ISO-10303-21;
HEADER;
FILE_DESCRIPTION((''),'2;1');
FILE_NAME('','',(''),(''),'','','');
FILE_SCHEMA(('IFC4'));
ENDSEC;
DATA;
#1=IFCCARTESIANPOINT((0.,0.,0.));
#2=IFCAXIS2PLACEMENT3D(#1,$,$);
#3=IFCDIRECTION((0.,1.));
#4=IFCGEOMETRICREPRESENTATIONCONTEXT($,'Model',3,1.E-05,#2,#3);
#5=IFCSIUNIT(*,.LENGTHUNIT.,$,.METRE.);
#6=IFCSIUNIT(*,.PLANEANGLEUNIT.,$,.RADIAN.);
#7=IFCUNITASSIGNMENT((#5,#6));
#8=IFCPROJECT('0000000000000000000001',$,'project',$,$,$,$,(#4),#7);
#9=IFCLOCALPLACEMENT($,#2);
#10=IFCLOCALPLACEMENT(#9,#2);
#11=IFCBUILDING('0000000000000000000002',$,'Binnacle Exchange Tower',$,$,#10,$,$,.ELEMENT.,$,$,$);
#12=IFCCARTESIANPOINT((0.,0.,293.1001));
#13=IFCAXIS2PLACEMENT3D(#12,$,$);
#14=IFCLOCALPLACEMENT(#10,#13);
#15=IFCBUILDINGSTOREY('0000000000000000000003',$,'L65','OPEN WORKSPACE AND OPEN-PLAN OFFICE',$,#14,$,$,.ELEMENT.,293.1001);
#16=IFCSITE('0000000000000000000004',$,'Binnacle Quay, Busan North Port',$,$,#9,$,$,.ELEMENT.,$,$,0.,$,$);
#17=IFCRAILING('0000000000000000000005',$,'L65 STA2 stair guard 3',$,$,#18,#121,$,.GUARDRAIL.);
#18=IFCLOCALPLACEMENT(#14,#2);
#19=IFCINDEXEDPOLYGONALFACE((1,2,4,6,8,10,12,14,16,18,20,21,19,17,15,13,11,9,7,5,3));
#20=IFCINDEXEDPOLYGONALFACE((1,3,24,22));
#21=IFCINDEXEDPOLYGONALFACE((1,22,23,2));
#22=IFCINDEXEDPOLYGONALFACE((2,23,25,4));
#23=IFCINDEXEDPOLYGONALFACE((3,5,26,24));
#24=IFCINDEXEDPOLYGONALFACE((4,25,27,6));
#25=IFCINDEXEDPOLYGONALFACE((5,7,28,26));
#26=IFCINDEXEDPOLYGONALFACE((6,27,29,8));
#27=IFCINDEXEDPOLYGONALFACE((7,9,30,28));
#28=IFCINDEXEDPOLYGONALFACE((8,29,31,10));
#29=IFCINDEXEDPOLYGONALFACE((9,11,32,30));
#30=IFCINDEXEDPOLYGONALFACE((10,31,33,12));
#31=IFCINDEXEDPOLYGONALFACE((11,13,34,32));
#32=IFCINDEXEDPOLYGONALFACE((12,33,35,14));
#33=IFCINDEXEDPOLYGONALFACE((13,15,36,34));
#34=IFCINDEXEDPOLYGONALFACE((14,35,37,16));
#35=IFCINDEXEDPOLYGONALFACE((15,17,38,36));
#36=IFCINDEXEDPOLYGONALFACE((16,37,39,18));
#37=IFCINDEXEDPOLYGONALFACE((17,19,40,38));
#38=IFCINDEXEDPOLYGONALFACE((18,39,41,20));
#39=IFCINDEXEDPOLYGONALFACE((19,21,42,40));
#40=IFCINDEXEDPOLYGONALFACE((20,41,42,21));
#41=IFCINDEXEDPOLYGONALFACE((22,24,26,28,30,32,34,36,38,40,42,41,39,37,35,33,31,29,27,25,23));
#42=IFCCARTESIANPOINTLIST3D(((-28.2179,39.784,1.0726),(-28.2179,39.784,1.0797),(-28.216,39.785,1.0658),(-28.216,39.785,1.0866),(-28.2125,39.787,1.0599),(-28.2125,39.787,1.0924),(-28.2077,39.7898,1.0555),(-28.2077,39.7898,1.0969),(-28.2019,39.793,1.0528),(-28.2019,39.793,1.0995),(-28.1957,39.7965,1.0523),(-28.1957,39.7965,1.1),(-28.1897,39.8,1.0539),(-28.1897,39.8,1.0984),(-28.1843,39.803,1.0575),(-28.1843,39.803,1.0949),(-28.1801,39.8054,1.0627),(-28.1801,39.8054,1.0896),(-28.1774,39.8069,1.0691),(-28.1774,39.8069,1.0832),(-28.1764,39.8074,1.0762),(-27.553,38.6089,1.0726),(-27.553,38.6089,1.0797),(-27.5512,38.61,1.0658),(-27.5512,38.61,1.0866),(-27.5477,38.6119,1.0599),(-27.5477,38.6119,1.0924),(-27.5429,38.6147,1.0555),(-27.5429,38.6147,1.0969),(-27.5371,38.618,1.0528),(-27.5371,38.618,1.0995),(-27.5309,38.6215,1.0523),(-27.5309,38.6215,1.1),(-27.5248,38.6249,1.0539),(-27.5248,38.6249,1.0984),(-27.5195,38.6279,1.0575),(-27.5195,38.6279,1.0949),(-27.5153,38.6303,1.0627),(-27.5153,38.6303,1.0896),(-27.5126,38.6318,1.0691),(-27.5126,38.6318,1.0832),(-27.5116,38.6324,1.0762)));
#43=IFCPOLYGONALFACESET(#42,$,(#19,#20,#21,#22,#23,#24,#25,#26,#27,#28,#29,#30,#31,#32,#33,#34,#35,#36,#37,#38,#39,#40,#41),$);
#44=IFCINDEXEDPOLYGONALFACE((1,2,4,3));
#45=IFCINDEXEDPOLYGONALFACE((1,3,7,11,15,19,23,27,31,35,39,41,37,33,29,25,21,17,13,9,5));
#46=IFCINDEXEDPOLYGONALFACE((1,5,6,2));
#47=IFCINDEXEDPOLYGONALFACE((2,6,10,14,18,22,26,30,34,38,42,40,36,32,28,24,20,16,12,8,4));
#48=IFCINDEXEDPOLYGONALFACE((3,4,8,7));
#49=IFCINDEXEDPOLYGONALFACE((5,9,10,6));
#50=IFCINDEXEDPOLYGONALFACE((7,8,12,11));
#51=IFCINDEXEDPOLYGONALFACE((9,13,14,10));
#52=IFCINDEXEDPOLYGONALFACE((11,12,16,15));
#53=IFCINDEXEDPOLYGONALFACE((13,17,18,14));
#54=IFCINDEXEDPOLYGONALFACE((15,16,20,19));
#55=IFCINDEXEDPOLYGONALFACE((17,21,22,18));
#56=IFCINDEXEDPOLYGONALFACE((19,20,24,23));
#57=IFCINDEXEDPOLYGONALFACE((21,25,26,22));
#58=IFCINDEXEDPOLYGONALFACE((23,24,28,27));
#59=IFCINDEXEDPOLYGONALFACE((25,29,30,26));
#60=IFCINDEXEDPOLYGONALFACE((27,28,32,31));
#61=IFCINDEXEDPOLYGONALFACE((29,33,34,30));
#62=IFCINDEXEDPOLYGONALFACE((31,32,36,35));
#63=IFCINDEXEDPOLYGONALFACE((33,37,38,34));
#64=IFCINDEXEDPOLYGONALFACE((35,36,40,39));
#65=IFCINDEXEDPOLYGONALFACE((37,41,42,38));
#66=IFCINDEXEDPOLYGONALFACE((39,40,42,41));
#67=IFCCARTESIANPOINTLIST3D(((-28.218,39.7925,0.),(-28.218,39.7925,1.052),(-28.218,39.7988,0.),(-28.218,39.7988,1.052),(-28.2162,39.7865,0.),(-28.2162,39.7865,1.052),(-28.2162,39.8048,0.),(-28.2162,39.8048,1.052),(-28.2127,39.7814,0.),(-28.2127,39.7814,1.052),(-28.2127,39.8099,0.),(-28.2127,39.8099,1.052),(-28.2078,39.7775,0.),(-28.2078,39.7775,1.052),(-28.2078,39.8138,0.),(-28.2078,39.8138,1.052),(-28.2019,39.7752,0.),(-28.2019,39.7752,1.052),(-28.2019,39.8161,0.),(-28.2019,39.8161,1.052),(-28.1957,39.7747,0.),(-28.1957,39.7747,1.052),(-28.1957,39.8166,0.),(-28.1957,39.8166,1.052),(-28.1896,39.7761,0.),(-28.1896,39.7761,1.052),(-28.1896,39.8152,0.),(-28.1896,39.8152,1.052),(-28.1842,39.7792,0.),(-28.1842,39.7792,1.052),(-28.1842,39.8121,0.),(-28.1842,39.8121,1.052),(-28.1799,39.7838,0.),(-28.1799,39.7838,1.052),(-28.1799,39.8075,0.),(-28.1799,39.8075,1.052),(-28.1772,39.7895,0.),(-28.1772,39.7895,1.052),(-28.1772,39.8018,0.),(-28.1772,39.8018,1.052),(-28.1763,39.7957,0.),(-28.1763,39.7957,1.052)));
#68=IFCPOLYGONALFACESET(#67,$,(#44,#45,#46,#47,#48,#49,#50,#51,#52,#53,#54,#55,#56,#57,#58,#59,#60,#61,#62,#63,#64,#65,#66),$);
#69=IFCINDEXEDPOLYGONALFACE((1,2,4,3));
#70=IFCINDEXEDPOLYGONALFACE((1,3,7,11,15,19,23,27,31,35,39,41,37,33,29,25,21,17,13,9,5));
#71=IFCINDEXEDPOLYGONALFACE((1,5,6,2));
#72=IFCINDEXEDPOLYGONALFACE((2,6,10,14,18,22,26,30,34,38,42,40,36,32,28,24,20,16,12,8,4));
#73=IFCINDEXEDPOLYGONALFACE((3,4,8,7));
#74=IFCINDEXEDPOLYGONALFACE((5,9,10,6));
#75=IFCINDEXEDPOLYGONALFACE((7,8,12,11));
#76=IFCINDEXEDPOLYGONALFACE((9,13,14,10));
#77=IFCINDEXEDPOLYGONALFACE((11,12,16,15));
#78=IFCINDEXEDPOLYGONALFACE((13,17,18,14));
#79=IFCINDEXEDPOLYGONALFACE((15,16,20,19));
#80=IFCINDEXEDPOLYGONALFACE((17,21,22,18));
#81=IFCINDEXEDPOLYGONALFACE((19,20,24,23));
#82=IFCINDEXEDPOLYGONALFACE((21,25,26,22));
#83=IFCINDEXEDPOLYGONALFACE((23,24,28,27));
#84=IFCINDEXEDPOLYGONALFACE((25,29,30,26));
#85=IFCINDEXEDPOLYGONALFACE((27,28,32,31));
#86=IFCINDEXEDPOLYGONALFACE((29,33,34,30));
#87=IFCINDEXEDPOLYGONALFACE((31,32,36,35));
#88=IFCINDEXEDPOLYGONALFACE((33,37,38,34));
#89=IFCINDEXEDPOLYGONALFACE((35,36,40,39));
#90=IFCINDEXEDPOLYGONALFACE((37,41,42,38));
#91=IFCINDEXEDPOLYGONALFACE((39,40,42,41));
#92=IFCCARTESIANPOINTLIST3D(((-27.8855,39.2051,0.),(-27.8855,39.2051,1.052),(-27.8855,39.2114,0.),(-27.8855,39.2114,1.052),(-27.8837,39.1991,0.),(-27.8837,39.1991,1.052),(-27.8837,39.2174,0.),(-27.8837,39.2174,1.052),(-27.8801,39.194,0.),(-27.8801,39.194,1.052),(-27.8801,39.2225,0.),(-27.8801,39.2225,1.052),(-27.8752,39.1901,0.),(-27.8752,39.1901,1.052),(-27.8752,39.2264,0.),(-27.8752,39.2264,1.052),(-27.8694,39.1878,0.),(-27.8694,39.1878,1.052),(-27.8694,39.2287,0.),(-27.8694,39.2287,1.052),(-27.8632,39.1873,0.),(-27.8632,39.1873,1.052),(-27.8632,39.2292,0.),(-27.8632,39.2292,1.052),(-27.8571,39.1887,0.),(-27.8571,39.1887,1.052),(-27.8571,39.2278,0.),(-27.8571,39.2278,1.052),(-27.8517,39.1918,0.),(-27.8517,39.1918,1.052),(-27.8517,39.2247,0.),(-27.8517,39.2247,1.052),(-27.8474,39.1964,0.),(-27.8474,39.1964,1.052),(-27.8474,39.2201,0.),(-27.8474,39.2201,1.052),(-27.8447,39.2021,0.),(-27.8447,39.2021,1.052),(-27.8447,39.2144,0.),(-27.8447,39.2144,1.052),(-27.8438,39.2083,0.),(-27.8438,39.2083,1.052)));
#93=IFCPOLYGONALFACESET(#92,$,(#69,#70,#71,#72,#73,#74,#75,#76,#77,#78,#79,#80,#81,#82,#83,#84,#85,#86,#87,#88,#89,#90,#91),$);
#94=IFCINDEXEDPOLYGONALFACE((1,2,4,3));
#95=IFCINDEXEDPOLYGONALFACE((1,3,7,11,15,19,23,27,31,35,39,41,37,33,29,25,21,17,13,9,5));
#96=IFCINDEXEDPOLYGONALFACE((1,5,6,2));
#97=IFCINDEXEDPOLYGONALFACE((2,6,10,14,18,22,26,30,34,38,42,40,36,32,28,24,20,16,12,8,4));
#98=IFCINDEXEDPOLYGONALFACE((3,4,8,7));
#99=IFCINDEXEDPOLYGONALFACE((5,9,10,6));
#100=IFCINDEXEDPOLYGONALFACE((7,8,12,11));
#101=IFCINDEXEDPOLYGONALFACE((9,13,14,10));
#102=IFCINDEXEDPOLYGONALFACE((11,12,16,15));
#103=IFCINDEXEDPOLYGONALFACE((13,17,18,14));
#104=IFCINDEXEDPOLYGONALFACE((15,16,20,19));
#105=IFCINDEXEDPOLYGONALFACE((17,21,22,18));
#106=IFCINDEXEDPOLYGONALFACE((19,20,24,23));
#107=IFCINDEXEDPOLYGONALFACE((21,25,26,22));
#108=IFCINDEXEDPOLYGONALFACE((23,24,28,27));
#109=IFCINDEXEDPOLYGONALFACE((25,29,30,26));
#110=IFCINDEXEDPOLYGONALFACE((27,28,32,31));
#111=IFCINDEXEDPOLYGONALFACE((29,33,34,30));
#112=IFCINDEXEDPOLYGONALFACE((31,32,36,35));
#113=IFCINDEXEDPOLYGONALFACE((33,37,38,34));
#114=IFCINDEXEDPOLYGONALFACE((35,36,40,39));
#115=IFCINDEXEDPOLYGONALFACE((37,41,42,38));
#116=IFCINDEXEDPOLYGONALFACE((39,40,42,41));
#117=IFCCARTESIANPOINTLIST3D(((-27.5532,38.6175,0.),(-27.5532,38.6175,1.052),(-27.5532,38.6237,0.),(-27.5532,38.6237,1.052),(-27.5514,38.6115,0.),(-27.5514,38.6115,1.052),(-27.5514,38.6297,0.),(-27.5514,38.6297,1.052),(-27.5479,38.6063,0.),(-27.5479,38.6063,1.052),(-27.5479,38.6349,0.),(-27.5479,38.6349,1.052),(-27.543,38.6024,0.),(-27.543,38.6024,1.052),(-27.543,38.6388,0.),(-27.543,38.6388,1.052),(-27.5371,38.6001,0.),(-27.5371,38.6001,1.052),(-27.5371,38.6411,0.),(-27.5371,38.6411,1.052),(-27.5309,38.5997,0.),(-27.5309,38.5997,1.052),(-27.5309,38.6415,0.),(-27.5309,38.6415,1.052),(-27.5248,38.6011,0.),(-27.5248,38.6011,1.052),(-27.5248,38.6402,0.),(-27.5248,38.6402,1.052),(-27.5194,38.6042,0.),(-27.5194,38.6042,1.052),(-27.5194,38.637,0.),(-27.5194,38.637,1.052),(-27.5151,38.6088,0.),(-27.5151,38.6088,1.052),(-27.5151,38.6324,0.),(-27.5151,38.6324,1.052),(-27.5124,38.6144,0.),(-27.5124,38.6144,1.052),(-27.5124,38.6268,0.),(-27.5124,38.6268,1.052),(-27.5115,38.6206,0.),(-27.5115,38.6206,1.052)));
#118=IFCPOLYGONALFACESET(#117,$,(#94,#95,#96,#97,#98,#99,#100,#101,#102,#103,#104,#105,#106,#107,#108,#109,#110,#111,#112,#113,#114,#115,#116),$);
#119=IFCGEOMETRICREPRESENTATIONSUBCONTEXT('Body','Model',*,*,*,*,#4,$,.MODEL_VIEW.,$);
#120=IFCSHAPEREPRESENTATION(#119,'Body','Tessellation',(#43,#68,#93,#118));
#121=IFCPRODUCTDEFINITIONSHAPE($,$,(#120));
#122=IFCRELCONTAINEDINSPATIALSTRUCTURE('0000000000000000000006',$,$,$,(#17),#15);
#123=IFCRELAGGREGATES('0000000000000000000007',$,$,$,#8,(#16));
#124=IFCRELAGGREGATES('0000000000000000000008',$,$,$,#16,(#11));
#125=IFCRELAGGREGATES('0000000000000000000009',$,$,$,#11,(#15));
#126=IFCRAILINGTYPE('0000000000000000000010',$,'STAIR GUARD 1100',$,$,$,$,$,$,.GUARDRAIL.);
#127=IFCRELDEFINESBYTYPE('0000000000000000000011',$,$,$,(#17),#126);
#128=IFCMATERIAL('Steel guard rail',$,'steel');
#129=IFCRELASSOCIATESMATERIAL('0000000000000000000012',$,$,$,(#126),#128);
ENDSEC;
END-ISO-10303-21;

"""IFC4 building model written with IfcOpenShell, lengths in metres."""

from ifc_helpers import new_model, si_unit, direction, frame, origin, origin_2d, place, context, subcontext, project, spatial, circle, extrude, material, type_object, element, save


model = new_model("IFC4")

# Units and contexts
model_context = context("Model", 3, precision=1e-05, world=origin(), true_north=direction((0.0, 1.0)))
body_context = subcontext(model_context, "Body", "Model", "MODEL_VIEW")
ifc_project = project(units=[si_unit("LENGTHUNIT", "METRE"), si_unit("PLANEANGLEUNIT", "RADIAN")], contexts=[model_context])

# Site, building, storey
site_placement = place(None, origin())
site = spatial("IfcSite", under=ifc_project, at=site_placement, Name="Binnacle Quay, Busan North Port", CompositionType="ELEMENT", RefElevation=0.0)
building_placement = place(site_placement, origin())
building = spatial("IfcBuilding", under=site, at=building_placement, Name="Binnacle Exchange Tower", CompositionType="ELEMENT")
storey_placement = place(building_placement, frame((0.0, 0.0, 293.1001)))
storey = spatial("IfcBuildingStorey", under=building, at=storey_placement, Name="L65", Description="OPEN WORKSPACE AND OPEN-PLAN OFFICE", CompositionType="ELEMENT", Elevation=293.1001)

# Railing
ifc_material_1 = material(Name="Steel guard rail", Category="steel")
railing_type_1 = type_object("IfcRailingType", Name="STAIR GUARD 1100", PredefinedType="GUARDRAIL", material=ifc_material_1)
railing_1_placement = place(storey_placement, frame((-28.1973, 39.7957, 0.0)))
element("IfcRailing", 1, at=railing_1_placement, inside=storey, type_object=railing_type_1, Name="L65 STA2 stair guard 3", PredefinedType="GUARDRAIL", context=body_context, shape_type="SweptSolid", body=[
    extrude(circle(Radius=0.0239, at=origin_2d()), frame((0.0, 0.0, 1.0762), z_axis=(0.492415, -0.870361, 0.0), x_axis=(0.870361, 0.492415, 0.0)), (0.0, 0.0, 1.0), 1.3501),
    extrude(circle(Radius=0.021, at=origin_2d()), origin(), (0.0, 0.0, 1.0), 1.052),
    extrude(circle(Radius=0.021, at=origin_2d()), frame((0.3325, -0.5874, 0.0)), (0.0, 0.0, 1.0), 1.052),
    extrude(circle(Radius=0.021, at=origin_2d()), frame((0.6648, -1.175, 0.0)), (0.0, 0.0, 1.0), 1.052),
])

save(model, "model.ifc")
